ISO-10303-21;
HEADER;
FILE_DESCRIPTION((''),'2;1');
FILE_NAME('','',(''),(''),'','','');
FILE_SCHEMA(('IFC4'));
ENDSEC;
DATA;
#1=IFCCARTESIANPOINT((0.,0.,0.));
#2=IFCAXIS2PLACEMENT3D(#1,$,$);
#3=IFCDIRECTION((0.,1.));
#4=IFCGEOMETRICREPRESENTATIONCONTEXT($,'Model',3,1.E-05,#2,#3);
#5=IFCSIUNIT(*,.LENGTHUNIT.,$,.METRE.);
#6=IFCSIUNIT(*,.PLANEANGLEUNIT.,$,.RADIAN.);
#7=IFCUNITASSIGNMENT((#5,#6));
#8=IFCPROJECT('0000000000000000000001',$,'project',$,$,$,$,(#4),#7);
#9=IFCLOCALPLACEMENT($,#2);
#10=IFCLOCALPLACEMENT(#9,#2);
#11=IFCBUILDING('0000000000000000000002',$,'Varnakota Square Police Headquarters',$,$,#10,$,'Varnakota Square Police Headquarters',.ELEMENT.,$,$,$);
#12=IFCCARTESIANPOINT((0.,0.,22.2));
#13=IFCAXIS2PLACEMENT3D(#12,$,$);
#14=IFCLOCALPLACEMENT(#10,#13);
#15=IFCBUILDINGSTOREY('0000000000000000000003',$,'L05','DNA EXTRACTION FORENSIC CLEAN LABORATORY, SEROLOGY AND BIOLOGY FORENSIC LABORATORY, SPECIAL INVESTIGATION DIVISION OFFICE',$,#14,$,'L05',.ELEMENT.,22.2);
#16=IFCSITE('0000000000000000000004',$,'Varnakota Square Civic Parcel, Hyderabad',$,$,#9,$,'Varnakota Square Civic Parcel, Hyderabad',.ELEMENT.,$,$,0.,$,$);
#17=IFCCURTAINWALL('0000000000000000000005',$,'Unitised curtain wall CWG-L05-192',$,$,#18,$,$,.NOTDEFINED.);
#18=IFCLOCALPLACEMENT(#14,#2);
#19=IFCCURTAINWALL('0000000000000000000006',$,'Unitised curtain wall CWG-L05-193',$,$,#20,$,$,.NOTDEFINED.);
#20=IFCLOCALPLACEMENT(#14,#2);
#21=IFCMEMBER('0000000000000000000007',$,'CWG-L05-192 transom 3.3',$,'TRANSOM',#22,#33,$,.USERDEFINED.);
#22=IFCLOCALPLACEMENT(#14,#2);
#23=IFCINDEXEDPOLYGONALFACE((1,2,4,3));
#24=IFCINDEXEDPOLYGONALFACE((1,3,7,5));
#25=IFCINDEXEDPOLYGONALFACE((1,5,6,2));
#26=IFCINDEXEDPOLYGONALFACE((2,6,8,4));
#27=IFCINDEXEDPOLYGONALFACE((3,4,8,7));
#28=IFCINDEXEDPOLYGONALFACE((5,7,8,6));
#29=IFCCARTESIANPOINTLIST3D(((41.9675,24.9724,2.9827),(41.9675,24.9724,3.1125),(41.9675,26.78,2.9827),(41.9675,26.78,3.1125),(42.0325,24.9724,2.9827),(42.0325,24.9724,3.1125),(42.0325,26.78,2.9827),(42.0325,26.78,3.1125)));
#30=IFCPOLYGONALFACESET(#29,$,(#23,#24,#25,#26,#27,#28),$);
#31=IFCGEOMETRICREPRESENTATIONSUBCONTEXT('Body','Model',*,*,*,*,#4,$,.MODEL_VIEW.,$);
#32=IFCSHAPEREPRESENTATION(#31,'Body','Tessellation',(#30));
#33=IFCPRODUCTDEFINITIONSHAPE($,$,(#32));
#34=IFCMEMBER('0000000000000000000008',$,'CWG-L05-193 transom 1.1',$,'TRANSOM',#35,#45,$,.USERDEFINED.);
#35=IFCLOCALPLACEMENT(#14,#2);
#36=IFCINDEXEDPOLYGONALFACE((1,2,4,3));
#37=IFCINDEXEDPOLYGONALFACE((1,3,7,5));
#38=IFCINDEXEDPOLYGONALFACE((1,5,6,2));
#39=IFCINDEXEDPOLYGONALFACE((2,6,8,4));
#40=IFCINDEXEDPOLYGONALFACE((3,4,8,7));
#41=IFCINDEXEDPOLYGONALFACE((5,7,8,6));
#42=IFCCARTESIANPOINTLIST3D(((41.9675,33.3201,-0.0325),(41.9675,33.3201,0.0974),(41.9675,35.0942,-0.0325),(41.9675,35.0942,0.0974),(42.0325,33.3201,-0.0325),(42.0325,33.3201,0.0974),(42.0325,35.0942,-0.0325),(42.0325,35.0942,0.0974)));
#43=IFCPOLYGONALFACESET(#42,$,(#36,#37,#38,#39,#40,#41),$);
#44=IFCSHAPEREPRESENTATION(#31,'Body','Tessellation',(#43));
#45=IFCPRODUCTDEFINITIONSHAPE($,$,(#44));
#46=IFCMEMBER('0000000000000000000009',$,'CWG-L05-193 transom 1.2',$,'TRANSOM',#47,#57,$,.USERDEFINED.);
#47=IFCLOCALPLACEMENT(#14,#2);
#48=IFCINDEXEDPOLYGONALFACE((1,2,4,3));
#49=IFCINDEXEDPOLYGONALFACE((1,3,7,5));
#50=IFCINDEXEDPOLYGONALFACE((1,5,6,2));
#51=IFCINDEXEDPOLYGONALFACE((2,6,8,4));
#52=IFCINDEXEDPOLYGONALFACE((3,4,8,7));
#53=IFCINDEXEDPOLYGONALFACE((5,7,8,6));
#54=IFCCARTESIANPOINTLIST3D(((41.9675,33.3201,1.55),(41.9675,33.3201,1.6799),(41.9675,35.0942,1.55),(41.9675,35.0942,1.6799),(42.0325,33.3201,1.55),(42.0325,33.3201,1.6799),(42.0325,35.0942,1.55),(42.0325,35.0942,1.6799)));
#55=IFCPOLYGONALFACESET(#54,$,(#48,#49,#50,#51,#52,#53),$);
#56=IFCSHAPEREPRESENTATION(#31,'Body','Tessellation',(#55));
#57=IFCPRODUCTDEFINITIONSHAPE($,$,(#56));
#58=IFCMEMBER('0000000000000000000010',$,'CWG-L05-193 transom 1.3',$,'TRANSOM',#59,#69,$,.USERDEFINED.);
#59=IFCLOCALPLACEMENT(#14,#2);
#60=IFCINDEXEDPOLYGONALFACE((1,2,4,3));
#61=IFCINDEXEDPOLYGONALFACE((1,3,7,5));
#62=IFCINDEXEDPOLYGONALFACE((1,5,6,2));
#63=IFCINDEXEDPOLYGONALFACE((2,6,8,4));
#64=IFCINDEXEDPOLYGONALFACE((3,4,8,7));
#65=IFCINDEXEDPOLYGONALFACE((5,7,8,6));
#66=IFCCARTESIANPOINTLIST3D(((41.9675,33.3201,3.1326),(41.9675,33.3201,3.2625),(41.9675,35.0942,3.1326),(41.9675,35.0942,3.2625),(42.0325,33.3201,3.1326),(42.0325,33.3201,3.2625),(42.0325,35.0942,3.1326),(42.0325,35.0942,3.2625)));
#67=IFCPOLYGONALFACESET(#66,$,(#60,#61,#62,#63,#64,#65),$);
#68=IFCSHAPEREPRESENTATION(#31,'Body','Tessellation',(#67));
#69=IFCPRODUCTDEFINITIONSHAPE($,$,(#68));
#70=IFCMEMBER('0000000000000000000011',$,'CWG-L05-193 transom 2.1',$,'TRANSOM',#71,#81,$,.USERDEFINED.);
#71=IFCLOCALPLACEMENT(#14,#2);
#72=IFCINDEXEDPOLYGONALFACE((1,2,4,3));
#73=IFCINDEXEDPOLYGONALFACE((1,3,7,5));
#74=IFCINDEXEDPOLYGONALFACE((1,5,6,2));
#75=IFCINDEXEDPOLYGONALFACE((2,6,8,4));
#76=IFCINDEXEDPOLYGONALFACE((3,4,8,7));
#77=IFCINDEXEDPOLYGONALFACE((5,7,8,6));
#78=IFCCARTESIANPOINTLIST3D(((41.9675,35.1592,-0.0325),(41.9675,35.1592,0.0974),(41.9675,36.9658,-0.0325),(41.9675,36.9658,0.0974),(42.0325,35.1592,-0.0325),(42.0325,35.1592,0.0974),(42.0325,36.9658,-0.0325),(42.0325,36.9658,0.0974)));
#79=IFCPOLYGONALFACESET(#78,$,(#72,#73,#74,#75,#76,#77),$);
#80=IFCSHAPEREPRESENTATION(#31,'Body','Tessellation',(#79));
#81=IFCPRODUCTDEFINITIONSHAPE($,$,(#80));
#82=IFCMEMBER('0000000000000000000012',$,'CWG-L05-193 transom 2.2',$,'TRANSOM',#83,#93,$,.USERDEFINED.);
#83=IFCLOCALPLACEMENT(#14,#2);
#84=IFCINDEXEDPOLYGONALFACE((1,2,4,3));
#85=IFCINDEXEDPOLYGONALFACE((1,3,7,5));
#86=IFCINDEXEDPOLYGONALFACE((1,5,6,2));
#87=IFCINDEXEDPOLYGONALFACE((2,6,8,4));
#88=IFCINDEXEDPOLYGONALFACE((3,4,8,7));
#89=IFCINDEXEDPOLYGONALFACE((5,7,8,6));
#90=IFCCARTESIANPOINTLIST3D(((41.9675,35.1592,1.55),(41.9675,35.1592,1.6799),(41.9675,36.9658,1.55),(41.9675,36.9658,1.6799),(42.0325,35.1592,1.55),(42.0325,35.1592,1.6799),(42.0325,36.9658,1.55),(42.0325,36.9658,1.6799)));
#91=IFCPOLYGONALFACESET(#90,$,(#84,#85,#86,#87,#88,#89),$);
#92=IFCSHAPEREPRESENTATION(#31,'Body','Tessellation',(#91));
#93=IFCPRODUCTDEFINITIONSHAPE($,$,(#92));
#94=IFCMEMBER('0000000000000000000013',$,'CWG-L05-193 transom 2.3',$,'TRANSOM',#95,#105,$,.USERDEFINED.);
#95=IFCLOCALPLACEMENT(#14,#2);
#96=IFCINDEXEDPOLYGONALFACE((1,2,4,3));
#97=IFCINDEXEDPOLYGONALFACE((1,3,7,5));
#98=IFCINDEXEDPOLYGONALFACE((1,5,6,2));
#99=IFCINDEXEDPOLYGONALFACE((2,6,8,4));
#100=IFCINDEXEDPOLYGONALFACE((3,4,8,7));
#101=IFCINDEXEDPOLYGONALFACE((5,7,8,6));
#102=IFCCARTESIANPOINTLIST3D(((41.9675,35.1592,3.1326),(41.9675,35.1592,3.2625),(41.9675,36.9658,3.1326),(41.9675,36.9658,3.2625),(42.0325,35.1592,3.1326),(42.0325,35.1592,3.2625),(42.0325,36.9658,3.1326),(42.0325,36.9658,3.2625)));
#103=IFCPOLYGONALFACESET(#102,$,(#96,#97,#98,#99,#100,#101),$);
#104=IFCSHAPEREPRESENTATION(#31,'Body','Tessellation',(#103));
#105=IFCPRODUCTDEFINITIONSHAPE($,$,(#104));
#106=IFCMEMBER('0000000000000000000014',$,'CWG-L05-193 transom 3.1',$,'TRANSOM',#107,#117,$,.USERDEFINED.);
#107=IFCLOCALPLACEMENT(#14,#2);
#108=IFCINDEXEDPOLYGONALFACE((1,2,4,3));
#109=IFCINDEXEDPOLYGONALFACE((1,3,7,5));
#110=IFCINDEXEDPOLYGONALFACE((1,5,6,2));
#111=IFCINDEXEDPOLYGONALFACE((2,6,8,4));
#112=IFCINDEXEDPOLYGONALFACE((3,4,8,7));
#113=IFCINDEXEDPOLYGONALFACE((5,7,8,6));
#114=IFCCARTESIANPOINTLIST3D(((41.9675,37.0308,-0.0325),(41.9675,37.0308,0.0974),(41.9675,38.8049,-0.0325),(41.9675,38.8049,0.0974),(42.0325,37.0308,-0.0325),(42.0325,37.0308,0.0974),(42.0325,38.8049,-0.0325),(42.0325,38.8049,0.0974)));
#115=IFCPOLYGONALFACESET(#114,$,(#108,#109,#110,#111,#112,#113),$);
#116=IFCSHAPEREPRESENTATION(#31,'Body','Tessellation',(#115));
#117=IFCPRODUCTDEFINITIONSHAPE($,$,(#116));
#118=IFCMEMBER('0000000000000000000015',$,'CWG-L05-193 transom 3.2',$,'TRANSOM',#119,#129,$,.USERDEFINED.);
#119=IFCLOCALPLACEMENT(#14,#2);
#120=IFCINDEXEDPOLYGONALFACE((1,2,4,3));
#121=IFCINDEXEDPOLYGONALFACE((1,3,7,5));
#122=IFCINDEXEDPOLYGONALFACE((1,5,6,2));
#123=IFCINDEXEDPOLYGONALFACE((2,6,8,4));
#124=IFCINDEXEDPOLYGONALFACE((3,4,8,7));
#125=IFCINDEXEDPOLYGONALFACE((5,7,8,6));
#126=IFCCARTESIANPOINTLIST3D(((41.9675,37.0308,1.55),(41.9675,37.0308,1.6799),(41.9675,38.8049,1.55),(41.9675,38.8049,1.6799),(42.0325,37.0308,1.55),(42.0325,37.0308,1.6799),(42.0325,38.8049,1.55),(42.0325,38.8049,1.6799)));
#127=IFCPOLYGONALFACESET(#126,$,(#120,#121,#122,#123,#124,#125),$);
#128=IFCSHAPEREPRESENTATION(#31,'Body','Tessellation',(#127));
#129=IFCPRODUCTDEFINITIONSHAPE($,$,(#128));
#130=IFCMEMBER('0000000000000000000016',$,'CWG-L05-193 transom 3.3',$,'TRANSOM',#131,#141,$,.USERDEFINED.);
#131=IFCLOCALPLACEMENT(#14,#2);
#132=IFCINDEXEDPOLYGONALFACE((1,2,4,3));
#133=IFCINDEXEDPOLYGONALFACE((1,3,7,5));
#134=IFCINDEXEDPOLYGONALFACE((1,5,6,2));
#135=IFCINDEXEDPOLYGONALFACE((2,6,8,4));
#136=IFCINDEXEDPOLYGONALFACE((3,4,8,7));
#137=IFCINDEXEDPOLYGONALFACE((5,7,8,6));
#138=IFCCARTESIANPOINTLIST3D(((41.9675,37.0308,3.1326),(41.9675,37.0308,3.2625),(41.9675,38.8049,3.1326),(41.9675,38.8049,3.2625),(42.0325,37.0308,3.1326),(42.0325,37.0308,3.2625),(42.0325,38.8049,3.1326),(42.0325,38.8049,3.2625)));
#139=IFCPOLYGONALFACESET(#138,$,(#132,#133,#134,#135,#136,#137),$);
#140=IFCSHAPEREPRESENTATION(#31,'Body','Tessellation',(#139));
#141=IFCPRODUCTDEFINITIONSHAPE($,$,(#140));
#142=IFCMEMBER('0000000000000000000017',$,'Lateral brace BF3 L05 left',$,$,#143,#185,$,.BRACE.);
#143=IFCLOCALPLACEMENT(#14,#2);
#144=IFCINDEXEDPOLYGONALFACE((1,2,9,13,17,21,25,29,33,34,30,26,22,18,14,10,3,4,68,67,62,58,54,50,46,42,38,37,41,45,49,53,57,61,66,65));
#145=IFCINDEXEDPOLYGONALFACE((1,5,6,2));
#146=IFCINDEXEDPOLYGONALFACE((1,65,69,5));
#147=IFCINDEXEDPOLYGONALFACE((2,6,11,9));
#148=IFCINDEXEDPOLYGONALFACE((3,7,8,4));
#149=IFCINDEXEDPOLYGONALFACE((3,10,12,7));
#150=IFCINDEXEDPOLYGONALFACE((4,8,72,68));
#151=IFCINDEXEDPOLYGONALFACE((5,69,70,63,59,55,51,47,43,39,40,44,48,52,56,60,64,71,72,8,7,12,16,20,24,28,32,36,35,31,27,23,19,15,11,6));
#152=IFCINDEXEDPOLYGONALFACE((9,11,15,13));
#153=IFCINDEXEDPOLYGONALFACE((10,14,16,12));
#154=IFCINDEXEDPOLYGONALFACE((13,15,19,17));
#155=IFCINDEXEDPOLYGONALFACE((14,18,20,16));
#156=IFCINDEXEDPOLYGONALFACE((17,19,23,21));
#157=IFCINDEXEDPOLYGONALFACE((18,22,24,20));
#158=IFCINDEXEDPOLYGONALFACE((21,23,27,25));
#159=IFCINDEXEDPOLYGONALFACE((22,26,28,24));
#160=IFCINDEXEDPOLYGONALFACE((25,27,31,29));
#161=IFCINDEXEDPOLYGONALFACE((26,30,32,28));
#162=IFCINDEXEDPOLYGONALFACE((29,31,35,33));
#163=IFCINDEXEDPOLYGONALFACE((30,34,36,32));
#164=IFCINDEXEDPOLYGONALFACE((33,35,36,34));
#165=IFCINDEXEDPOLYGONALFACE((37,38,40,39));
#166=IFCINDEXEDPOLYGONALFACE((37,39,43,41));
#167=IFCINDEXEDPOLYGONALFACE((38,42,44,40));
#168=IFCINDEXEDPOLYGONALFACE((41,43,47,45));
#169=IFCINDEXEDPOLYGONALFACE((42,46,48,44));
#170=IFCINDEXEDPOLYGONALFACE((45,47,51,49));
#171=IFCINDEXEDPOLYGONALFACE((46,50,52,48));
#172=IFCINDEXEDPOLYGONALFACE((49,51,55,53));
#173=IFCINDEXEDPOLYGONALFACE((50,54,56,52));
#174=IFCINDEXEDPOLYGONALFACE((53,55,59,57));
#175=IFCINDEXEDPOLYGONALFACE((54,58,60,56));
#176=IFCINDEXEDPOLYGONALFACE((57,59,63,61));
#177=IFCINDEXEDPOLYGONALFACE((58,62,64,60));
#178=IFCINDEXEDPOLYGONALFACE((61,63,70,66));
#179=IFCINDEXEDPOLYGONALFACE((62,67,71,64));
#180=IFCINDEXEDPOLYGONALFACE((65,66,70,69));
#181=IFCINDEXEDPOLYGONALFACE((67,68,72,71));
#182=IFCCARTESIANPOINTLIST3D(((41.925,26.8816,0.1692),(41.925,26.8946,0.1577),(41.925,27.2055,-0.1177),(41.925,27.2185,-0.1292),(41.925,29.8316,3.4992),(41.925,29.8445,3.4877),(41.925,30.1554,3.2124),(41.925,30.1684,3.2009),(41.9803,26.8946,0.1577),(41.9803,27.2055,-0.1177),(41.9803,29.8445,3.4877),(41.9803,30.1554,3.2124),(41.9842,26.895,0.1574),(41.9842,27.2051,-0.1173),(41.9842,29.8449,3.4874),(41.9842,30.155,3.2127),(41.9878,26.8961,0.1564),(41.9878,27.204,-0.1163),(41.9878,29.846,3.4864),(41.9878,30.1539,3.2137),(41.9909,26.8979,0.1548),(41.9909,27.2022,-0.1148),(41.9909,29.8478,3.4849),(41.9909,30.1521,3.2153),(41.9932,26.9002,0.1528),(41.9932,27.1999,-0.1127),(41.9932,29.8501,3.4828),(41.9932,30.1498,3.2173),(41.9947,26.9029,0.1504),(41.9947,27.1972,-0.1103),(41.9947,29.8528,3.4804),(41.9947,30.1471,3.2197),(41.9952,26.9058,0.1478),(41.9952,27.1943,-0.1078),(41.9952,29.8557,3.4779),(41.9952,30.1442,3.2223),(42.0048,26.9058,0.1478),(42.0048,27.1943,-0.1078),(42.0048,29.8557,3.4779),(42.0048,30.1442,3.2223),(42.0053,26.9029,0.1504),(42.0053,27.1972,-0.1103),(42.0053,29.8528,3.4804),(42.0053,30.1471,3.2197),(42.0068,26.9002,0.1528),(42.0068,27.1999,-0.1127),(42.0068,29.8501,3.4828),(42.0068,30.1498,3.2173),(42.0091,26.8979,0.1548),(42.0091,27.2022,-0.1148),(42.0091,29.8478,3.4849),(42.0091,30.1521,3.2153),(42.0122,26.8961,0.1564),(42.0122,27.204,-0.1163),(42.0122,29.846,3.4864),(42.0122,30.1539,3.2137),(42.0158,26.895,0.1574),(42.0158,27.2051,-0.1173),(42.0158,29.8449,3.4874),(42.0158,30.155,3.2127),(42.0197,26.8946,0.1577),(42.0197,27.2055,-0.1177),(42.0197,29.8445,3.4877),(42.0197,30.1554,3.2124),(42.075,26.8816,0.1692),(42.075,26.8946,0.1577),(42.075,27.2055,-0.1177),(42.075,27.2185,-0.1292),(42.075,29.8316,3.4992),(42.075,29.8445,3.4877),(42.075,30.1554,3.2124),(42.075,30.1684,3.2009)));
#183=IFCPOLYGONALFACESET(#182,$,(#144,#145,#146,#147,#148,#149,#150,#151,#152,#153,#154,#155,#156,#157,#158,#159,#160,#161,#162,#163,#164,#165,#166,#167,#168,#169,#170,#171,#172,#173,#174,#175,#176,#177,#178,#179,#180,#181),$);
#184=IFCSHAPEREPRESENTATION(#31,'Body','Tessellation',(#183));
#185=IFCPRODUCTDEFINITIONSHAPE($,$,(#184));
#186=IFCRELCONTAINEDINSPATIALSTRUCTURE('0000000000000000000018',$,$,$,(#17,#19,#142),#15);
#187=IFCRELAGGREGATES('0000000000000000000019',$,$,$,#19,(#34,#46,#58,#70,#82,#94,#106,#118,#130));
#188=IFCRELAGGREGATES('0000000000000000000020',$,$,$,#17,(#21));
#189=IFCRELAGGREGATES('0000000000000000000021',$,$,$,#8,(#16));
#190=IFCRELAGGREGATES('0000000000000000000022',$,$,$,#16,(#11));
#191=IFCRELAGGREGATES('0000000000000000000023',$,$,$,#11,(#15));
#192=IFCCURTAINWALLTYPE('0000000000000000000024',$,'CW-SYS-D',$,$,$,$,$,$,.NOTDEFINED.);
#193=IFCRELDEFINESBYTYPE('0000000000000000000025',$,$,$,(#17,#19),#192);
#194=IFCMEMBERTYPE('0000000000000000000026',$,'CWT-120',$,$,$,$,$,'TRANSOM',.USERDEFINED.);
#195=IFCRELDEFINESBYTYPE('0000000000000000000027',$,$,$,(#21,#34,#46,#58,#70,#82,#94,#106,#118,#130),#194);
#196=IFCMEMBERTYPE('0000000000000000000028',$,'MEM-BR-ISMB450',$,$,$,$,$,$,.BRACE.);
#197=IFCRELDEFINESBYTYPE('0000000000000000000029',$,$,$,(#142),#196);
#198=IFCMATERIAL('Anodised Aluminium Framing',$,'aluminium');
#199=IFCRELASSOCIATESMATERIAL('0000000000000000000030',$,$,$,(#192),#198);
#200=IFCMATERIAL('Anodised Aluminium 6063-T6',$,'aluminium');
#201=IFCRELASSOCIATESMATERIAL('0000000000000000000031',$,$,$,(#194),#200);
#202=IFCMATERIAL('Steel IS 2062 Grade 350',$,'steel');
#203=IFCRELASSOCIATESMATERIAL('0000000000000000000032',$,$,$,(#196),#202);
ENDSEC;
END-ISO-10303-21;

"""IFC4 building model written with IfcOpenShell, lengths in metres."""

from ifc_helpers import new_model, si_unit, direction, frame, origin, origin_2d, place, context, subcontext, project, spatial, rectangle, i_section, extrude, material, material_profile, profile_set, type_object, element, aggregate, save


model = new_model("IFC4")

# Units and contexts
model_context = context("Model", 3, precision=1e-05, world=origin(), true_north=direction((0.0, 1.0)))
body_context = subcontext(model_context, "Body", "Model", "MODEL_VIEW")
ifc_project = project(units=[si_unit("LENGTHUNIT", "METRE"), si_unit("PLANEANGLEUNIT", "RADIAN")], contexts=[model_context])

# Site, building, storey
site_placement = place(None, origin())
site = spatial("IfcSite", under=ifc_project, at=site_placement, Name="Varnakota Square Civic Parcel, Hyderabad", LongName="Varnakota Square Civic Parcel, Hyderabad", CompositionType="ELEMENT", RefElevation=0.0)
building_placement = place(site_placement, origin())
building = spatial("IfcBuilding", under=site, at=building_placement, Name="Varnakota Square Police Headquarters", LongName="Varnakota Square Police Headquarters", CompositionType="ELEMENT")
storey_placement = place(building_placement, frame((0.0, 0.0, 22.2)))
storey = spatial("IfcBuildingStorey", under=building, at=storey_placement, Name="L05", Description="DNA EXTRACTION FORENSIC CLEAN LABORATORY, SEROLOGY AND BIOLOGY FORENSIC LABORATORY, SPECIAL INVESTIGATION DIVISION OFFICE", LongName="L05", CompositionType="ELEMENT", Elevation=22.2)

# Shared definitions
ifc_material_1 = material(Name="Steel IS 2062 Grade 350", Category="steel")

# Curtain walls
ifc_material_2 = material(Name="Anodised Aluminium Framing", Category="aluminium")
curtain_wall_type = type_object("IfcCurtainWallType", Name="CW-SYS-D", PredefinedType="NOTDEFINED", material=ifc_material_2)
curtain_wall_1_placement = place(storey_placement, origin())
curtain_wall_1 = element("IfcCurtainWall", 1, at=curtain_wall_1_placement, inside=storey, type_object=curtain_wall_type, Name="Unitised curtain wall CWG-L05-192", PredefinedType="NOTDEFINED")
ifc_material_3 = material(Name="Anodised Aluminium 6063-T6", Category="aluminium")
curtain_wall_2_placement = place(storey_placement, origin())
curtain_wall_2 = element("IfcCurtainWall", 2, at=curtain_wall_2_placement, inside=storey, type_object=curtain_wall_type, Name="Unitised curtain wall CWG-L05-193", PredefinedType="NOTDEFINED")

# Members
ifc_material_profile_1 = material_profile(ifc_material_3, rectangle(XDim=0.0649, YDim=0.1299, at=origin_2d()), Name="ALU TRANSOM 65x130")
ifc_profile_set_1 = profile_set([ifc_material_profile_1], Name="Anodised Aluminium 6063-T6")
member_type_1 = type_object("IfcMemberType", Name="CWT-120", ElementType="TRANSOM", PredefinedType="USERDEFINED", material=ifc_profile_set_1)
member_1_placement = place(storey_placement, frame((42.0, 24.9724, 3.0476), z_axis=(0.0, 1.0, 0.0), x_axis=(-1.0, 0.0, 0.0)))
member_1 = element("IfcMember", 3, at=member_1_placement, type_object=member_type_1, Name="CWG-L05-192 transom 3.3", ObjectType="TRANSOM", PredefinedType="USERDEFINED", context=body_context, shape_type="SweptSolid", body=[
    extrude(rectangle(XDim=0.0649, YDim=0.1299, at=origin_2d()), origin(), (0.0, 0.0, 1.0), 1.8076),
])
member_2_placement = place(storey_placement, frame((42.0, 33.3201, 0.0325), z_axis=(0.0, 1.0, 0.0), x_axis=(-1.0, 0.0, 0.0)))
member_2 = element("IfcMember", 4, at=member_2_placement, type_object=member_type_1, Name="CWG-L05-193 transom 1.1", ObjectType="TRANSOM", PredefinedType="USERDEFINED", context=body_context, shape_type="SweptSolid", body=[
    extrude(rectangle(XDim=0.0649, YDim=0.1299, at=origin_2d()), origin(), (0.0, 0.0, 1.0), 1.7742),
])
member_3_placement = place(storey_placement, frame((42.0, 33.3201, 1.615), z_axis=(0.0, 1.0, 0.0), x_axis=(-1.0, 0.0, 0.0)))
member_3 = element("IfcMember", 5, at=member_3_placement, type_object=member_type_1, Name="CWG-L05-193 transom 1.2", ObjectType="TRANSOM", PredefinedType="USERDEFINED", context=body_context, shape_type="SweptSolid", body=[
    extrude(rectangle(XDim=0.0649, YDim=0.1299, at=origin_2d()), origin(), (0.0, 0.0, 1.0), 1.7742),
])
member_4_placement = place(storey_placement, frame((42.0, 33.3201, 3.1975), z_axis=(0.0, 1.0, 0.0), x_axis=(-1.0, 0.0, 0.0)))
member_4 = element("IfcMember", 6, at=member_4_placement, type_object=member_type_1, Name="CWG-L05-193 transom 1.3", ObjectType="TRANSOM", PredefinedType="USERDEFINED", context=body_context, shape_type="SweptSolid", body=[
    extrude(rectangle(XDim=0.0649, YDim=0.1299, at=origin_2d()), origin(), (0.0, 0.0, 1.0), 1.7742),
])
member_5_placement = place(storey_placement, frame((42.0, 35.1592, 0.0325), z_axis=(0.0, 1.0, 0.0), x_axis=(-1.0, 0.0, 0.0)))
member_5 = element("IfcMember", 7, at=member_5_placement, type_object=member_type_1, Name="CWG-L05-193 transom 2.1", ObjectType="TRANSOM", PredefinedType="USERDEFINED", context=body_context, shape_type="SweptSolid", body=[
    extrude(rectangle(XDim=0.0649, YDim=0.1299, at=origin_2d()), origin(), (0.0, 0.0, 1.0), 1.8066),
])
member_6_placement = place(storey_placement, frame((42.0, 35.1592, 1.615), z_axis=(0.0, 1.0, 0.0), x_axis=(-1.0, 0.0, 0.0)))
member_6 = element("IfcMember", 8, at=member_6_placement, type_object=member_type_1, Name="CWG-L05-193 transom 2.2", ObjectType="TRANSOM", PredefinedType="USERDEFINED", context=body_context, shape_type="SweptSolid", body=[
    extrude(rectangle(XDim=0.0649, YDim=0.1299, at=origin_2d()), origin(), (0.0, 0.0, 1.0), 1.8066),
])
member_7_placement = place(storey_placement, frame((42.0, 35.1592, 3.1975), z_axis=(0.0, 1.0, 0.0), x_axis=(-1.0, 0.0, 0.0)))
member_7 = element("IfcMember", 9, at=member_7_placement, type_object=member_type_1, Name="CWG-L05-193 transom 2.3", ObjectType="TRANSOM", PredefinedType="USERDEFINED", context=body_context, shape_type="SweptSolid", body=[
    extrude(rectangle(XDim=0.0649, YDim=0.1299, at=origin_2d()), origin(), (0.0, 0.0, 1.0), 1.8066),
])
member_8_placement = place(storey_placement, frame((42.0, 37.0308, 0.0325), z_axis=(0.0, 1.0, 0.0), x_axis=(-1.0, 0.0, 0.0)))
member_8 = element("IfcMember", 10, at=member_8_placement, type_object=member_type_1, Name="CWG-L05-193 transom 3.1", ObjectType="TRANSOM", PredefinedType="USERDEFINED", context=body_context, shape_type="SweptSolid", body=[
    extrude(rectangle(XDim=0.0649, YDim=0.1299, at=origin_2d()), origin(), (0.0, 0.0, 1.0), 1.7742),
])
member_9_placement = place(storey_placement, frame((42.0, 37.0308, 1.615), z_axis=(0.0, 1.0, 0.0), x_axis=(-1.0, 0.0, 0.0)))
member_9 = element("IfcMember", 11, at=member_9_placement, type_object=member_type_1, Name="CWG-L05-193 transom 3.2", ObjectType="TRANSOM", PredefinedType="USERDEFINED", context=body_context, shape_type="SweptSolid", body=[
    extrude(rectangle(XDim=0.0649, YDim=0.1299, at=origin_2d()), origin(), (0.0, 0.0, 1.0), 1.7742),
])
member_10_placement = place(storey_placement, frame((42.0, 37.0308, 3.1975), z_axis=(0.0, 1.0, 0.0), x_axis=(-1.0, 0.0, 0.0)))
member_10 = element("IfcMember", 12, at=member_10_placement, type_object=member_type_1, Name="CWG-L05-193 transom 3.3", ObjectType="TRANSOM", PredefinedType="USERDEFINED", context=body_context, shape_type="SweptSolid", body=[
    extrude(rectangle(XDim=0.0649, YDim=0.1299, at=origin_2d()), origin(), (0.0, 0.0, 1.0), 1.7742),
])

# Member
ifc_material_profile_2 = material_profile(ifc_material_1, i_section(OverallWidth=0.1499, OverallDepth=0.45, WebThickness=0.0095, FlangeThickness=0.0173, FilletRadius=0.0149, at=origin_2d()), Name="ISMB 450")
ifc_profile_set_2 = profile_set([ifc_material_profile_2], Name="Steel IS 2062 Grade 350")
member_type_2 = type_object("IfcMemberType", Name="MEM-BR-ISMB450", PredefinedType="BRACE", material=ifc_profile_set_2)
for number, where, z_axis, x_axis, name in (
    (13, (42.0, 27.05, 0.02), (0.0, 0.663092, 0.748538), (-1.0, 0.0, 0.0), "Lateral brace BF3 L05 left"),
):
    element("IfcMember", number, at=place(storey_placement, frame(where, z_axis=z_axis, x_axis=x_axis)), inside=storey, type_object=member_type_2, Name=name, PredefinedType="BRACE", context=body_context, shape_type="SweptSolid", body=[
        extrude(i_section(OverallWidth=0.1499, OverallDepth=0.45, WebThickness=0.0095, FlangeThickness=0.0173, FilletRadius=0.0149, at=origin_2d()), origin(), (0.0, 0.0, 1.0), 4.4487),
    ])

aggregate(curtain_wall_2, [member_2, member_3, member_4, member_5, member_6, member_7, member_8, member_9, member_10])
aggregate(curtain_wall_1, [member_1])

save(model, "model.ifc")
